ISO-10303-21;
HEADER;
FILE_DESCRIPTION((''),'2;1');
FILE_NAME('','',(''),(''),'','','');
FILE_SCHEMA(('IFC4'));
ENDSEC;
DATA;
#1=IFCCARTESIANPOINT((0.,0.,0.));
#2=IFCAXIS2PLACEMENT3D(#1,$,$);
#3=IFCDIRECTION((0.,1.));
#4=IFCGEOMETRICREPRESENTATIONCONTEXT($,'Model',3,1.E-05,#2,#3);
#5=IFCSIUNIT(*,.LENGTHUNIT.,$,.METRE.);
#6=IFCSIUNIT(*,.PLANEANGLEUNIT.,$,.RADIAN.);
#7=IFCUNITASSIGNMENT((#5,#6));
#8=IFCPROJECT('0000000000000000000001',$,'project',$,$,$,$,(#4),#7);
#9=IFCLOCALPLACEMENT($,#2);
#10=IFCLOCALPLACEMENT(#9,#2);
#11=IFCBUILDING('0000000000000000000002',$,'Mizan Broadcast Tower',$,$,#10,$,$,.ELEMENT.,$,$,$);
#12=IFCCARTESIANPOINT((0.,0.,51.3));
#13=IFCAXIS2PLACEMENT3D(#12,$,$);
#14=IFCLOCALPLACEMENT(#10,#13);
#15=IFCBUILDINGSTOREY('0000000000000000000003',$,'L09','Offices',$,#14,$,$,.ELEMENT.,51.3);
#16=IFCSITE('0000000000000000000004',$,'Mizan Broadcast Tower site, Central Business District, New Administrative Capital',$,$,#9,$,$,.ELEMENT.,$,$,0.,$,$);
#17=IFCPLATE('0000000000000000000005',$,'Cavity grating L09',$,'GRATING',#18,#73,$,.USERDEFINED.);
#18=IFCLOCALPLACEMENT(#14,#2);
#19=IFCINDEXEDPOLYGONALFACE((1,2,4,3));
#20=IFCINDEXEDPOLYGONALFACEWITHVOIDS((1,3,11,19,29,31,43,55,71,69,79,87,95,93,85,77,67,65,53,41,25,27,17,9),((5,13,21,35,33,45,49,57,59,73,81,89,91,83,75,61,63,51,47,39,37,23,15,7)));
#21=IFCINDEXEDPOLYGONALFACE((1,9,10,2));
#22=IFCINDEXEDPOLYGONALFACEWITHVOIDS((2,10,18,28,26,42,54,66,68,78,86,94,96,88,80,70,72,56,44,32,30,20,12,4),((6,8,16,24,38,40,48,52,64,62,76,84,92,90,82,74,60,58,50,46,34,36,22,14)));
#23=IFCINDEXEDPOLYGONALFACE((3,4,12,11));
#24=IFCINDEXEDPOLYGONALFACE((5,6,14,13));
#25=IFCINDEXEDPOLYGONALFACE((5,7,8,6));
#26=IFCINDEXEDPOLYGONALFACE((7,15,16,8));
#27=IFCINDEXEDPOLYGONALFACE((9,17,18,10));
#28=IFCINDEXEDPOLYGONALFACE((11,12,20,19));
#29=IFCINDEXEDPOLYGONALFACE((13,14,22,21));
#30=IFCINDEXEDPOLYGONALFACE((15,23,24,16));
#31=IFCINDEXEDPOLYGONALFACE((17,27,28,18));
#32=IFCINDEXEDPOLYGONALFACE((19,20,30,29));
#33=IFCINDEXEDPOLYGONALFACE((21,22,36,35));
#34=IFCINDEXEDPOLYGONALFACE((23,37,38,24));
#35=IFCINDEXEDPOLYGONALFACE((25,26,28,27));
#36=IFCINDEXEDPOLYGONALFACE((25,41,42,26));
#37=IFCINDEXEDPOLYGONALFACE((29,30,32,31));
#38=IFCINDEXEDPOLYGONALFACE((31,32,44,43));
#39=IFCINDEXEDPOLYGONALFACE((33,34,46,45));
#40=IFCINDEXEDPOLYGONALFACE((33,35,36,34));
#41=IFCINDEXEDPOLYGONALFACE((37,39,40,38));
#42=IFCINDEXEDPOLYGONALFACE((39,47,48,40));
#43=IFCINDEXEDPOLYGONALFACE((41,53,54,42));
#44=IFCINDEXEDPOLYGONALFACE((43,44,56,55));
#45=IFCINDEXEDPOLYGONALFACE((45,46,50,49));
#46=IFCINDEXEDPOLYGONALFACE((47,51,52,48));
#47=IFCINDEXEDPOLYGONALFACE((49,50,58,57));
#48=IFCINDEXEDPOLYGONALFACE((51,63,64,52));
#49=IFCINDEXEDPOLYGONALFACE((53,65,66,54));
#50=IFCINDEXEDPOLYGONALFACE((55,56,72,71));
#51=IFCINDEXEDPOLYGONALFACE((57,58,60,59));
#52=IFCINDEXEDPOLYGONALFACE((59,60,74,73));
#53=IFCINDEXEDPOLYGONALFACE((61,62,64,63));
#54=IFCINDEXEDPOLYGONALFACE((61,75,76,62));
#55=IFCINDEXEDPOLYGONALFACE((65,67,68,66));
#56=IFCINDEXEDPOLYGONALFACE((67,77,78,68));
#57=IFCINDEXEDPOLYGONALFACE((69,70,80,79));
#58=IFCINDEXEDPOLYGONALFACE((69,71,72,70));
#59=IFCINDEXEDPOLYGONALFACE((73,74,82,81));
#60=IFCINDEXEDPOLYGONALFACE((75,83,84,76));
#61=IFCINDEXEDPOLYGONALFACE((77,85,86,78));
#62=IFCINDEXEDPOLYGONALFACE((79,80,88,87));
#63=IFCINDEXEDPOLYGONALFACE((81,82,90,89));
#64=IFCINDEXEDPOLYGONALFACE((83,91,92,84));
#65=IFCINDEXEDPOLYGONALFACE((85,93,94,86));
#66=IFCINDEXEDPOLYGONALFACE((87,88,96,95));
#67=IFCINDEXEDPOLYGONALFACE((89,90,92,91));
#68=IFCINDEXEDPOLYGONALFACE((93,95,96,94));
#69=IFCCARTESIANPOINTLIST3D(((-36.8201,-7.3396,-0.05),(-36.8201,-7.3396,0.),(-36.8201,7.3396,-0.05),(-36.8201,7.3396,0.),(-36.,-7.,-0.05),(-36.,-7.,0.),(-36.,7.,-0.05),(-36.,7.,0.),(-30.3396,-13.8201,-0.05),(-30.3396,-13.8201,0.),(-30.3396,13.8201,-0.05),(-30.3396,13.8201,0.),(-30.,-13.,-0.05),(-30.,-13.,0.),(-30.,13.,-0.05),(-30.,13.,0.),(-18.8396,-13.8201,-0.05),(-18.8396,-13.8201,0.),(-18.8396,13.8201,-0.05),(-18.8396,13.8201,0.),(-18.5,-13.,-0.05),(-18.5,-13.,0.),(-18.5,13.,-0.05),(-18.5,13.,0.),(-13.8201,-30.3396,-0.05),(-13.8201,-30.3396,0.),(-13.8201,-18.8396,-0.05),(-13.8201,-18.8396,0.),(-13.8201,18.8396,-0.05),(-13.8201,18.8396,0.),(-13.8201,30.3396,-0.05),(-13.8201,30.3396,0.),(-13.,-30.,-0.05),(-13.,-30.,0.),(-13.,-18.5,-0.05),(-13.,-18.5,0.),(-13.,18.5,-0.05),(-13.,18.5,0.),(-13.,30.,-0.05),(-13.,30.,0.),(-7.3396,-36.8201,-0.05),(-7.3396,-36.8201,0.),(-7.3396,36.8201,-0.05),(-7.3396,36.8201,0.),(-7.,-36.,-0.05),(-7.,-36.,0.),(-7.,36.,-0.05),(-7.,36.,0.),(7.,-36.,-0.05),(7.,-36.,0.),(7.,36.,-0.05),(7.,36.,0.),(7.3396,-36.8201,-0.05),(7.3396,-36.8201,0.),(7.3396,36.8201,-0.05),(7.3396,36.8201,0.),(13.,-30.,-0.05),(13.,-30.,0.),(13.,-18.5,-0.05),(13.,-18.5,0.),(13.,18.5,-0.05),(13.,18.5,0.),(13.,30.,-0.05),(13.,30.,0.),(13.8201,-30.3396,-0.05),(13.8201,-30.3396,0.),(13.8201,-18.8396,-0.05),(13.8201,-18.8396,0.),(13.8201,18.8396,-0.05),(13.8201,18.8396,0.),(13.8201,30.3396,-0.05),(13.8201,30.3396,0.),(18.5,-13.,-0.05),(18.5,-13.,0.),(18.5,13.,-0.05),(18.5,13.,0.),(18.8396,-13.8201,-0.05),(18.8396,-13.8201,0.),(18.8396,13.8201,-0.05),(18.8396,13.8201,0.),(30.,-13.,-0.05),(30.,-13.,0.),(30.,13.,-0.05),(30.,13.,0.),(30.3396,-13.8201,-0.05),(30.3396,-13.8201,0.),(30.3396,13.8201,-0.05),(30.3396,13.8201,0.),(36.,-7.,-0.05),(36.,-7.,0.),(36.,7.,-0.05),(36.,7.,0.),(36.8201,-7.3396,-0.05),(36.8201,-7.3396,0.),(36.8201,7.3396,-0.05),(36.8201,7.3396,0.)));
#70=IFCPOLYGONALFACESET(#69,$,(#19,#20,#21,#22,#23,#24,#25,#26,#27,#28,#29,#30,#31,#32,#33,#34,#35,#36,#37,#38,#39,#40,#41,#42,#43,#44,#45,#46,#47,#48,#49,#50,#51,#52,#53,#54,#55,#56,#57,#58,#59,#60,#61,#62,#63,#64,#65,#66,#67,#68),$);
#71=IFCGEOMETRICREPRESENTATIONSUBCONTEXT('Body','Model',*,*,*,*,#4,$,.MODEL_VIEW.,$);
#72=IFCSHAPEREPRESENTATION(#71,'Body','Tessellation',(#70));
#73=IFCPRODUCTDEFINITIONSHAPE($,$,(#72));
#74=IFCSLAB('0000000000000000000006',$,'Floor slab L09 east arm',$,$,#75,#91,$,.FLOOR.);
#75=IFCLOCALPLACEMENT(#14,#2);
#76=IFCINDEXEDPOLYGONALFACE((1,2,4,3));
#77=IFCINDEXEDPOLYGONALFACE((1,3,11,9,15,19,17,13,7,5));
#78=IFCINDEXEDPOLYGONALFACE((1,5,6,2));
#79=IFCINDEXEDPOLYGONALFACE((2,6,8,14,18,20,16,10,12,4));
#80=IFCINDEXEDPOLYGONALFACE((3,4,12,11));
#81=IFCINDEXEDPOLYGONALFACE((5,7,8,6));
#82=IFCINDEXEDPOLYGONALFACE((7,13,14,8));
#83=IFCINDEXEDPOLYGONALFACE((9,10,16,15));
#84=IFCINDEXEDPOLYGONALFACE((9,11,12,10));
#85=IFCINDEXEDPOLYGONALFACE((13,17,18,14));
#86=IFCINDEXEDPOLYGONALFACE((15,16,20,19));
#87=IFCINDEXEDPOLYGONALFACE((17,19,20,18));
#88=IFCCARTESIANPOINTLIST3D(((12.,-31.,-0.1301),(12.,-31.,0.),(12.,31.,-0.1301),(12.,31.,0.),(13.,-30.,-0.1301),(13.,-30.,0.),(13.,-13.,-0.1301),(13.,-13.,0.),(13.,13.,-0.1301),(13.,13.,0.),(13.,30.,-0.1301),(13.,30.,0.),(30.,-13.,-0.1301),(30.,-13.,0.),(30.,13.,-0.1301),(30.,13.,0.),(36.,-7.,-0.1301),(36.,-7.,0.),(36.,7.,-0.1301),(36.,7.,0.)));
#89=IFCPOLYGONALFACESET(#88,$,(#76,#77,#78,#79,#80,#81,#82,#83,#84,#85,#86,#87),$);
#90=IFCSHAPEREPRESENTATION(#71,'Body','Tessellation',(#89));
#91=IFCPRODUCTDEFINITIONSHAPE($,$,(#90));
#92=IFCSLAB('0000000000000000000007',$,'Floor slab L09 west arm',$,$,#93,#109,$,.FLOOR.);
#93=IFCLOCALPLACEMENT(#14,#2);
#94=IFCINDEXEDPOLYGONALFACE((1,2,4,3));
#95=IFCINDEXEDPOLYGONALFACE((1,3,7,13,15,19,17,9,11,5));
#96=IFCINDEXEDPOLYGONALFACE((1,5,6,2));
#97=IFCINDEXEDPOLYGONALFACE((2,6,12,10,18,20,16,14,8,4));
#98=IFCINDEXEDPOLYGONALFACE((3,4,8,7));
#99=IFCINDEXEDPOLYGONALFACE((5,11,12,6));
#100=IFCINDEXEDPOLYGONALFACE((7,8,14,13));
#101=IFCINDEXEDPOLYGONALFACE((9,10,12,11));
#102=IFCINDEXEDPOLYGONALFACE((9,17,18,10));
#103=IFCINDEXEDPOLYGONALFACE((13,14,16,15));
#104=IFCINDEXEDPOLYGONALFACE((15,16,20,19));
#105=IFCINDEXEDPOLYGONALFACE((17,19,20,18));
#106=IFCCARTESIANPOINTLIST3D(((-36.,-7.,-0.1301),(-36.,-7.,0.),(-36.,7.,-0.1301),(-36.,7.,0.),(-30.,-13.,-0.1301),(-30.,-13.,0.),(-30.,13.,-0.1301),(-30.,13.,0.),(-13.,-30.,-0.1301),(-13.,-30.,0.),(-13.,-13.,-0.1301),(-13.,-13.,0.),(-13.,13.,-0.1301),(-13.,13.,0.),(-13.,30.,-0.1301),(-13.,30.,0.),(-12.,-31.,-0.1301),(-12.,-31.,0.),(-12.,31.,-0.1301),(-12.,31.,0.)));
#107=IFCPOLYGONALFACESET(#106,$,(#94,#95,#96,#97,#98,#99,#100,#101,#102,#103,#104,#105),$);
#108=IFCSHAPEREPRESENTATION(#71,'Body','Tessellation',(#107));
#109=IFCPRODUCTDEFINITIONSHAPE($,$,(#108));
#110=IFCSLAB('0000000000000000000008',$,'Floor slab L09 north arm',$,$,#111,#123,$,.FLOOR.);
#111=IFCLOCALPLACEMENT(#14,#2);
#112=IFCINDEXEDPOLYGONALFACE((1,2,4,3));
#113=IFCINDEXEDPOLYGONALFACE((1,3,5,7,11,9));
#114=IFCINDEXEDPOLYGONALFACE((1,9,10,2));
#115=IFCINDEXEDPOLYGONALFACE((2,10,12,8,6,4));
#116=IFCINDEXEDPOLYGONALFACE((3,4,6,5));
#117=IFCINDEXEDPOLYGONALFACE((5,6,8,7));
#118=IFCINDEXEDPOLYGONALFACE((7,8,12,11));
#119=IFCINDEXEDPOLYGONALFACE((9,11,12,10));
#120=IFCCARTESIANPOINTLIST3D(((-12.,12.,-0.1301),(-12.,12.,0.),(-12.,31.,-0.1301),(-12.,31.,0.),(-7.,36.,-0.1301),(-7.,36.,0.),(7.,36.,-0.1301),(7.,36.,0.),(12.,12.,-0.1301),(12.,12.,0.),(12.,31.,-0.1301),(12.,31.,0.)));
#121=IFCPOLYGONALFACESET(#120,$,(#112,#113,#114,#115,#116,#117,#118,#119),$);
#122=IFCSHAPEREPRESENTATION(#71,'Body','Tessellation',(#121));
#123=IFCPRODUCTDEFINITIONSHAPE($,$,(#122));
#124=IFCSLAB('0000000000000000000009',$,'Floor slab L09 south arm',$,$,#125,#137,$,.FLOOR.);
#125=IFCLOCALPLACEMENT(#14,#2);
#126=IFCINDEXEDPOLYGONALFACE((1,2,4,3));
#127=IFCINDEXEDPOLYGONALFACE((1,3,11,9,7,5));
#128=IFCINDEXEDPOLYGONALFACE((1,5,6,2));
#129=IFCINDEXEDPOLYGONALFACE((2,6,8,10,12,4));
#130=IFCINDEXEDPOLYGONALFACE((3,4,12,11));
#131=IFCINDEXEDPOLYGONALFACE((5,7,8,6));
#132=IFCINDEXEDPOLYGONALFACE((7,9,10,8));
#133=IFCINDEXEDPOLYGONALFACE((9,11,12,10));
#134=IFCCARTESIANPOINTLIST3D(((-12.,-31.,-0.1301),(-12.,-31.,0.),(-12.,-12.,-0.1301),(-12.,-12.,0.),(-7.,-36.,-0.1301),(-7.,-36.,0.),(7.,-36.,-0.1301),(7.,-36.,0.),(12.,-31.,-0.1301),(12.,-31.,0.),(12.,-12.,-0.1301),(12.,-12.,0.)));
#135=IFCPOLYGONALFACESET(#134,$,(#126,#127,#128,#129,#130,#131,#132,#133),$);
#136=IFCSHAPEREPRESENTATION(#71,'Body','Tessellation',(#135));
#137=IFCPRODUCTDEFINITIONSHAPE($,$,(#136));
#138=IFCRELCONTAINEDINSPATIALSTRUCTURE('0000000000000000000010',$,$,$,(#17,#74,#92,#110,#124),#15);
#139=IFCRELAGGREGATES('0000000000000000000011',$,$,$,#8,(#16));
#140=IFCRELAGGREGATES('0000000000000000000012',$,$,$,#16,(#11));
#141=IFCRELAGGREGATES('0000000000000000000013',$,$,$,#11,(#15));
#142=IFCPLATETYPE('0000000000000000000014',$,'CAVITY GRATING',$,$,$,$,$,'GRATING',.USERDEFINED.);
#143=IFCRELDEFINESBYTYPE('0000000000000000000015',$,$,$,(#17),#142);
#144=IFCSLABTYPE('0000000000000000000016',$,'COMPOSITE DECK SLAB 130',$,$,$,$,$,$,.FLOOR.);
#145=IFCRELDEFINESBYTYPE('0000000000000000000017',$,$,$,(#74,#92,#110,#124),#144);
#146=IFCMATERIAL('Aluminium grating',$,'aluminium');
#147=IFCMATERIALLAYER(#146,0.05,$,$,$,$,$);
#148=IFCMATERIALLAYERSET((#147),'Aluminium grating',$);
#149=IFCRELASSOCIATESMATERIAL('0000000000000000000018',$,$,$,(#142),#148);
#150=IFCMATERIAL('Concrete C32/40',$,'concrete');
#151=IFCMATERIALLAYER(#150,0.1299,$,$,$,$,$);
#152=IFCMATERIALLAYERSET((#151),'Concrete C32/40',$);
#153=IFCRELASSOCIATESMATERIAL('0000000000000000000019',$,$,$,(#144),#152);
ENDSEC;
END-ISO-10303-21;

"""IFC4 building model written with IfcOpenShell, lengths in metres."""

from ifc_helpers import new_model, si_unit, direction, frame, origin, place, context, subcontext, project, spatial, polyline, outline, extrude, material, layer, layer_set, type_object, element, save


model = new_model("IFC4")

# Units and contexts
model_context = context("Model", 3, precision=1e-05, world=origin(), true_north=direction((0.0, 1.0)))
body_context = subcontext(model_context, "Body", "Model", "MODEL_VIEW")
ifc_project = project(units=[si_unit("LENGTHUNIT", "METRE"), si_unit("PLANEANGLEUNIT", "RADIAN")], contexts=[model_context])

# Site, building, storey
site_placement = place(None, origin())
site = spatial("IfcSite", under=ifc_project, at=site_placement, Name="Mizan Broadcast Tower site, Central Business District, New Administrative Capital", CompositionType="ELEMENT", RefElevation=0.0)
building_placement = place(site_placement, origin())
building = spatial("IfcBuilding", under=site, at=building_placement, Name="Mizan Broadcast Tower", CompositionType="ELEMENT")
storey_placement = place(building_placement, frame((0.0, 0.0, 51.3)))
storey = spatial("IfcBuildingStorey", under=building, at=storey_placement, Name="L09", Description="Offices", CompositionType="ELEMENT", Elevation=51.3)

# Plate
ifc_material_1 = material(Name="Aluminium grating", Category="aluminium")
ifc_layer_1 = layer(ifc_material_1, 0.05)
ifc_layer_set_1 = layer_set([ifc_layer_1], Name="Aluminium grating")
plate_type = type_object("IfcPlateType", Name="CAVITY GRATING", ElementType="GRATING", PredefinedType="USERDEFINED", material=ifc_layer_set_1)
plate_placement = place(storey_placement, frame((0.0, 0.0, -0.05)))
element("IfcPlate", 1, at=plate_placement, inside=storey, type_object=plate_type, Name="Cavity grating L09", ObjectType="GRATING", PredefinedType="USERDEFINED", context=body_context, shape_type="SweptSolid", body=[
    extrude(outline(polyline([(13.8201, -18.8396), (18.8396, -13.8201), (30.3396, -13.8201), (36.8201, -7.3396), (36.8201, 7.3396), (30.3396, 13.8201), (18.8396, 13.8201), (13.8201, 18.8396), (13.8201, 30.3396), (7.3396, 36.8201), (-7.3396, 36.8201), (-13.8201, 30.3396), (-13.8201, 18.8396), (-18.8396, 13.8201), (-30.3396, 13.8201), (-36.8201, 7.3396), (-36.8201, -7.3396), (-30.3396, -13.8201), (-18.8396, -13.8201), (-13.8201, -18.8396), (-13.8201, -30.3396), (-7.3396, -36.8201), (7.3396, -36.8201), (13.8201, -30.3396), (13.8201, -18.8396)]), holes=[polyline([(36.0, 7.0), (36.0, -7.0), (30.0, -13.0), (18.5, -13.0), (13.0, -18.5), (13.0, -30.0), (7.0, -36.0), (-7.0, -36.0), (-13.0, -30.0), (-13.0, -18.5), (-18.5, -13.0), (-30.0, -13.0), (-36.0, -7.0), (-36.0, 7.0), (-30.0, 13.0), (-18.5, 13.0), (-13.0, 18.5), (-13.0, 30.0), (-7.0, 36.0), (7.0, 36.0), (13.0, 30.0), (13.0, 18.5), (18.5, 13.0), (30.0, 13.0), (36.0, 7.0)])]), origin(), (0.0, 0.0, 1.0), 0.05),
])

# Slabs
ifc_material_2 = material(Name="Concrete C32/40", Category="concrete")
ifc_layer_2 = layer(ifc_material_2, 0.1299)
ifc_layer_set_2 = layer_set([ifc_layer_2], Name="Concrete C32/40")
slab_type_1 = type_object("IfcSlabType", Name="COMPOSITE DECK SLAB 130", PredefinedType="FLOOR", material=ifc_layer_set_2)
slab_1_placement = place(storey_placement, frame((0.0, 0.0, -0.1301)))
element("IfcSlab", 2, at=slab_1_placement, inside=storey, type_object=slab_type_1, Name="Floor slab L09 east arm", PredefinedType="FLOOR", context=body_context, shape_type="SweptSolid", body=[
    extrude(outline(polyline([(12.0, -31.0), (13.0, -30.0), (13.0, -13.0), (30.0, -13.0), (36.0, -7.0), (36.0, 7.0), (30.0, 13.0), (13.0, 13.0), (13.0, 30.0), (12.0, 31.0), (12.0, -31.0)])), origin(), (0.0, 0.0, 1.0), 0.1301),
])
slab_2_placement = place(storey_placement, frame((0.0, 0.0, -0.1301)))
element("IfcSlab", 3, at=slab_2_placement, inside=storey, type_object=slab_type_1, Name="Floor slab L09 west arm", PredefinedType="FLOOR", context=body_context, shape_type="SweptSolid", body=[
    extrude(outline(polyline([(-13.0, -30.0), (-12.0, -31.0), (-12.0, 31.0), (-13.0, 30.0), (-13.0, 13.0), (-30.0, 13.0), (-36.0, 7.0), (-36.0, -7.0), (-30.0, -13.0), (-13.0, -13.0), (-13.0, -30.0)])), origin(), (0.0, 0.0, 1.0), 0.1301),
])
slab_3_placement = place(storey_placement, frame((0.0, 0.0, -0.1301)))
element("IfcSlab", 4, at=slab_3_placement, inside=storey, type_object=slab_type_1, Name="Floor slab L09 north arm", PredefinedType="FLOOR", context=body_context, shape_type="SweptSolid", body=[
    extrude(outline(polyline([(-7.0, 36.0), (-12.0, 31.0), (-12.0, 12.0), (12.0, 12.0), (12.0, 31.0), (7.0, 36.0), (-7.0, 36.0)])), origin(), (0.0, 0.0, 1.0), 0.1301),
])
slab_4_placement = place(storey_placement, frame((0.0, 0.0, -0.1301)))
element("IfcSlab", 5, at=slab_4_placement, inside=storey, type_object=slab_type_1, Name="Floor slab L09 south arm", PredefinedType="FLOOR", context=body_context, shape_type="SweptSolid", body=[
    extrude(outline(polyline([(7.0, -36.0), (12.0, -31.0), (12.0, -12.0), (-12.0, -12.0), (-12.0, -31.0), (-7.0, -36.0), (7.0, -36.0)])), origin(), (0.0, 0.0, 1.0), 0.1301),
])

save(model, "model.ifc")
